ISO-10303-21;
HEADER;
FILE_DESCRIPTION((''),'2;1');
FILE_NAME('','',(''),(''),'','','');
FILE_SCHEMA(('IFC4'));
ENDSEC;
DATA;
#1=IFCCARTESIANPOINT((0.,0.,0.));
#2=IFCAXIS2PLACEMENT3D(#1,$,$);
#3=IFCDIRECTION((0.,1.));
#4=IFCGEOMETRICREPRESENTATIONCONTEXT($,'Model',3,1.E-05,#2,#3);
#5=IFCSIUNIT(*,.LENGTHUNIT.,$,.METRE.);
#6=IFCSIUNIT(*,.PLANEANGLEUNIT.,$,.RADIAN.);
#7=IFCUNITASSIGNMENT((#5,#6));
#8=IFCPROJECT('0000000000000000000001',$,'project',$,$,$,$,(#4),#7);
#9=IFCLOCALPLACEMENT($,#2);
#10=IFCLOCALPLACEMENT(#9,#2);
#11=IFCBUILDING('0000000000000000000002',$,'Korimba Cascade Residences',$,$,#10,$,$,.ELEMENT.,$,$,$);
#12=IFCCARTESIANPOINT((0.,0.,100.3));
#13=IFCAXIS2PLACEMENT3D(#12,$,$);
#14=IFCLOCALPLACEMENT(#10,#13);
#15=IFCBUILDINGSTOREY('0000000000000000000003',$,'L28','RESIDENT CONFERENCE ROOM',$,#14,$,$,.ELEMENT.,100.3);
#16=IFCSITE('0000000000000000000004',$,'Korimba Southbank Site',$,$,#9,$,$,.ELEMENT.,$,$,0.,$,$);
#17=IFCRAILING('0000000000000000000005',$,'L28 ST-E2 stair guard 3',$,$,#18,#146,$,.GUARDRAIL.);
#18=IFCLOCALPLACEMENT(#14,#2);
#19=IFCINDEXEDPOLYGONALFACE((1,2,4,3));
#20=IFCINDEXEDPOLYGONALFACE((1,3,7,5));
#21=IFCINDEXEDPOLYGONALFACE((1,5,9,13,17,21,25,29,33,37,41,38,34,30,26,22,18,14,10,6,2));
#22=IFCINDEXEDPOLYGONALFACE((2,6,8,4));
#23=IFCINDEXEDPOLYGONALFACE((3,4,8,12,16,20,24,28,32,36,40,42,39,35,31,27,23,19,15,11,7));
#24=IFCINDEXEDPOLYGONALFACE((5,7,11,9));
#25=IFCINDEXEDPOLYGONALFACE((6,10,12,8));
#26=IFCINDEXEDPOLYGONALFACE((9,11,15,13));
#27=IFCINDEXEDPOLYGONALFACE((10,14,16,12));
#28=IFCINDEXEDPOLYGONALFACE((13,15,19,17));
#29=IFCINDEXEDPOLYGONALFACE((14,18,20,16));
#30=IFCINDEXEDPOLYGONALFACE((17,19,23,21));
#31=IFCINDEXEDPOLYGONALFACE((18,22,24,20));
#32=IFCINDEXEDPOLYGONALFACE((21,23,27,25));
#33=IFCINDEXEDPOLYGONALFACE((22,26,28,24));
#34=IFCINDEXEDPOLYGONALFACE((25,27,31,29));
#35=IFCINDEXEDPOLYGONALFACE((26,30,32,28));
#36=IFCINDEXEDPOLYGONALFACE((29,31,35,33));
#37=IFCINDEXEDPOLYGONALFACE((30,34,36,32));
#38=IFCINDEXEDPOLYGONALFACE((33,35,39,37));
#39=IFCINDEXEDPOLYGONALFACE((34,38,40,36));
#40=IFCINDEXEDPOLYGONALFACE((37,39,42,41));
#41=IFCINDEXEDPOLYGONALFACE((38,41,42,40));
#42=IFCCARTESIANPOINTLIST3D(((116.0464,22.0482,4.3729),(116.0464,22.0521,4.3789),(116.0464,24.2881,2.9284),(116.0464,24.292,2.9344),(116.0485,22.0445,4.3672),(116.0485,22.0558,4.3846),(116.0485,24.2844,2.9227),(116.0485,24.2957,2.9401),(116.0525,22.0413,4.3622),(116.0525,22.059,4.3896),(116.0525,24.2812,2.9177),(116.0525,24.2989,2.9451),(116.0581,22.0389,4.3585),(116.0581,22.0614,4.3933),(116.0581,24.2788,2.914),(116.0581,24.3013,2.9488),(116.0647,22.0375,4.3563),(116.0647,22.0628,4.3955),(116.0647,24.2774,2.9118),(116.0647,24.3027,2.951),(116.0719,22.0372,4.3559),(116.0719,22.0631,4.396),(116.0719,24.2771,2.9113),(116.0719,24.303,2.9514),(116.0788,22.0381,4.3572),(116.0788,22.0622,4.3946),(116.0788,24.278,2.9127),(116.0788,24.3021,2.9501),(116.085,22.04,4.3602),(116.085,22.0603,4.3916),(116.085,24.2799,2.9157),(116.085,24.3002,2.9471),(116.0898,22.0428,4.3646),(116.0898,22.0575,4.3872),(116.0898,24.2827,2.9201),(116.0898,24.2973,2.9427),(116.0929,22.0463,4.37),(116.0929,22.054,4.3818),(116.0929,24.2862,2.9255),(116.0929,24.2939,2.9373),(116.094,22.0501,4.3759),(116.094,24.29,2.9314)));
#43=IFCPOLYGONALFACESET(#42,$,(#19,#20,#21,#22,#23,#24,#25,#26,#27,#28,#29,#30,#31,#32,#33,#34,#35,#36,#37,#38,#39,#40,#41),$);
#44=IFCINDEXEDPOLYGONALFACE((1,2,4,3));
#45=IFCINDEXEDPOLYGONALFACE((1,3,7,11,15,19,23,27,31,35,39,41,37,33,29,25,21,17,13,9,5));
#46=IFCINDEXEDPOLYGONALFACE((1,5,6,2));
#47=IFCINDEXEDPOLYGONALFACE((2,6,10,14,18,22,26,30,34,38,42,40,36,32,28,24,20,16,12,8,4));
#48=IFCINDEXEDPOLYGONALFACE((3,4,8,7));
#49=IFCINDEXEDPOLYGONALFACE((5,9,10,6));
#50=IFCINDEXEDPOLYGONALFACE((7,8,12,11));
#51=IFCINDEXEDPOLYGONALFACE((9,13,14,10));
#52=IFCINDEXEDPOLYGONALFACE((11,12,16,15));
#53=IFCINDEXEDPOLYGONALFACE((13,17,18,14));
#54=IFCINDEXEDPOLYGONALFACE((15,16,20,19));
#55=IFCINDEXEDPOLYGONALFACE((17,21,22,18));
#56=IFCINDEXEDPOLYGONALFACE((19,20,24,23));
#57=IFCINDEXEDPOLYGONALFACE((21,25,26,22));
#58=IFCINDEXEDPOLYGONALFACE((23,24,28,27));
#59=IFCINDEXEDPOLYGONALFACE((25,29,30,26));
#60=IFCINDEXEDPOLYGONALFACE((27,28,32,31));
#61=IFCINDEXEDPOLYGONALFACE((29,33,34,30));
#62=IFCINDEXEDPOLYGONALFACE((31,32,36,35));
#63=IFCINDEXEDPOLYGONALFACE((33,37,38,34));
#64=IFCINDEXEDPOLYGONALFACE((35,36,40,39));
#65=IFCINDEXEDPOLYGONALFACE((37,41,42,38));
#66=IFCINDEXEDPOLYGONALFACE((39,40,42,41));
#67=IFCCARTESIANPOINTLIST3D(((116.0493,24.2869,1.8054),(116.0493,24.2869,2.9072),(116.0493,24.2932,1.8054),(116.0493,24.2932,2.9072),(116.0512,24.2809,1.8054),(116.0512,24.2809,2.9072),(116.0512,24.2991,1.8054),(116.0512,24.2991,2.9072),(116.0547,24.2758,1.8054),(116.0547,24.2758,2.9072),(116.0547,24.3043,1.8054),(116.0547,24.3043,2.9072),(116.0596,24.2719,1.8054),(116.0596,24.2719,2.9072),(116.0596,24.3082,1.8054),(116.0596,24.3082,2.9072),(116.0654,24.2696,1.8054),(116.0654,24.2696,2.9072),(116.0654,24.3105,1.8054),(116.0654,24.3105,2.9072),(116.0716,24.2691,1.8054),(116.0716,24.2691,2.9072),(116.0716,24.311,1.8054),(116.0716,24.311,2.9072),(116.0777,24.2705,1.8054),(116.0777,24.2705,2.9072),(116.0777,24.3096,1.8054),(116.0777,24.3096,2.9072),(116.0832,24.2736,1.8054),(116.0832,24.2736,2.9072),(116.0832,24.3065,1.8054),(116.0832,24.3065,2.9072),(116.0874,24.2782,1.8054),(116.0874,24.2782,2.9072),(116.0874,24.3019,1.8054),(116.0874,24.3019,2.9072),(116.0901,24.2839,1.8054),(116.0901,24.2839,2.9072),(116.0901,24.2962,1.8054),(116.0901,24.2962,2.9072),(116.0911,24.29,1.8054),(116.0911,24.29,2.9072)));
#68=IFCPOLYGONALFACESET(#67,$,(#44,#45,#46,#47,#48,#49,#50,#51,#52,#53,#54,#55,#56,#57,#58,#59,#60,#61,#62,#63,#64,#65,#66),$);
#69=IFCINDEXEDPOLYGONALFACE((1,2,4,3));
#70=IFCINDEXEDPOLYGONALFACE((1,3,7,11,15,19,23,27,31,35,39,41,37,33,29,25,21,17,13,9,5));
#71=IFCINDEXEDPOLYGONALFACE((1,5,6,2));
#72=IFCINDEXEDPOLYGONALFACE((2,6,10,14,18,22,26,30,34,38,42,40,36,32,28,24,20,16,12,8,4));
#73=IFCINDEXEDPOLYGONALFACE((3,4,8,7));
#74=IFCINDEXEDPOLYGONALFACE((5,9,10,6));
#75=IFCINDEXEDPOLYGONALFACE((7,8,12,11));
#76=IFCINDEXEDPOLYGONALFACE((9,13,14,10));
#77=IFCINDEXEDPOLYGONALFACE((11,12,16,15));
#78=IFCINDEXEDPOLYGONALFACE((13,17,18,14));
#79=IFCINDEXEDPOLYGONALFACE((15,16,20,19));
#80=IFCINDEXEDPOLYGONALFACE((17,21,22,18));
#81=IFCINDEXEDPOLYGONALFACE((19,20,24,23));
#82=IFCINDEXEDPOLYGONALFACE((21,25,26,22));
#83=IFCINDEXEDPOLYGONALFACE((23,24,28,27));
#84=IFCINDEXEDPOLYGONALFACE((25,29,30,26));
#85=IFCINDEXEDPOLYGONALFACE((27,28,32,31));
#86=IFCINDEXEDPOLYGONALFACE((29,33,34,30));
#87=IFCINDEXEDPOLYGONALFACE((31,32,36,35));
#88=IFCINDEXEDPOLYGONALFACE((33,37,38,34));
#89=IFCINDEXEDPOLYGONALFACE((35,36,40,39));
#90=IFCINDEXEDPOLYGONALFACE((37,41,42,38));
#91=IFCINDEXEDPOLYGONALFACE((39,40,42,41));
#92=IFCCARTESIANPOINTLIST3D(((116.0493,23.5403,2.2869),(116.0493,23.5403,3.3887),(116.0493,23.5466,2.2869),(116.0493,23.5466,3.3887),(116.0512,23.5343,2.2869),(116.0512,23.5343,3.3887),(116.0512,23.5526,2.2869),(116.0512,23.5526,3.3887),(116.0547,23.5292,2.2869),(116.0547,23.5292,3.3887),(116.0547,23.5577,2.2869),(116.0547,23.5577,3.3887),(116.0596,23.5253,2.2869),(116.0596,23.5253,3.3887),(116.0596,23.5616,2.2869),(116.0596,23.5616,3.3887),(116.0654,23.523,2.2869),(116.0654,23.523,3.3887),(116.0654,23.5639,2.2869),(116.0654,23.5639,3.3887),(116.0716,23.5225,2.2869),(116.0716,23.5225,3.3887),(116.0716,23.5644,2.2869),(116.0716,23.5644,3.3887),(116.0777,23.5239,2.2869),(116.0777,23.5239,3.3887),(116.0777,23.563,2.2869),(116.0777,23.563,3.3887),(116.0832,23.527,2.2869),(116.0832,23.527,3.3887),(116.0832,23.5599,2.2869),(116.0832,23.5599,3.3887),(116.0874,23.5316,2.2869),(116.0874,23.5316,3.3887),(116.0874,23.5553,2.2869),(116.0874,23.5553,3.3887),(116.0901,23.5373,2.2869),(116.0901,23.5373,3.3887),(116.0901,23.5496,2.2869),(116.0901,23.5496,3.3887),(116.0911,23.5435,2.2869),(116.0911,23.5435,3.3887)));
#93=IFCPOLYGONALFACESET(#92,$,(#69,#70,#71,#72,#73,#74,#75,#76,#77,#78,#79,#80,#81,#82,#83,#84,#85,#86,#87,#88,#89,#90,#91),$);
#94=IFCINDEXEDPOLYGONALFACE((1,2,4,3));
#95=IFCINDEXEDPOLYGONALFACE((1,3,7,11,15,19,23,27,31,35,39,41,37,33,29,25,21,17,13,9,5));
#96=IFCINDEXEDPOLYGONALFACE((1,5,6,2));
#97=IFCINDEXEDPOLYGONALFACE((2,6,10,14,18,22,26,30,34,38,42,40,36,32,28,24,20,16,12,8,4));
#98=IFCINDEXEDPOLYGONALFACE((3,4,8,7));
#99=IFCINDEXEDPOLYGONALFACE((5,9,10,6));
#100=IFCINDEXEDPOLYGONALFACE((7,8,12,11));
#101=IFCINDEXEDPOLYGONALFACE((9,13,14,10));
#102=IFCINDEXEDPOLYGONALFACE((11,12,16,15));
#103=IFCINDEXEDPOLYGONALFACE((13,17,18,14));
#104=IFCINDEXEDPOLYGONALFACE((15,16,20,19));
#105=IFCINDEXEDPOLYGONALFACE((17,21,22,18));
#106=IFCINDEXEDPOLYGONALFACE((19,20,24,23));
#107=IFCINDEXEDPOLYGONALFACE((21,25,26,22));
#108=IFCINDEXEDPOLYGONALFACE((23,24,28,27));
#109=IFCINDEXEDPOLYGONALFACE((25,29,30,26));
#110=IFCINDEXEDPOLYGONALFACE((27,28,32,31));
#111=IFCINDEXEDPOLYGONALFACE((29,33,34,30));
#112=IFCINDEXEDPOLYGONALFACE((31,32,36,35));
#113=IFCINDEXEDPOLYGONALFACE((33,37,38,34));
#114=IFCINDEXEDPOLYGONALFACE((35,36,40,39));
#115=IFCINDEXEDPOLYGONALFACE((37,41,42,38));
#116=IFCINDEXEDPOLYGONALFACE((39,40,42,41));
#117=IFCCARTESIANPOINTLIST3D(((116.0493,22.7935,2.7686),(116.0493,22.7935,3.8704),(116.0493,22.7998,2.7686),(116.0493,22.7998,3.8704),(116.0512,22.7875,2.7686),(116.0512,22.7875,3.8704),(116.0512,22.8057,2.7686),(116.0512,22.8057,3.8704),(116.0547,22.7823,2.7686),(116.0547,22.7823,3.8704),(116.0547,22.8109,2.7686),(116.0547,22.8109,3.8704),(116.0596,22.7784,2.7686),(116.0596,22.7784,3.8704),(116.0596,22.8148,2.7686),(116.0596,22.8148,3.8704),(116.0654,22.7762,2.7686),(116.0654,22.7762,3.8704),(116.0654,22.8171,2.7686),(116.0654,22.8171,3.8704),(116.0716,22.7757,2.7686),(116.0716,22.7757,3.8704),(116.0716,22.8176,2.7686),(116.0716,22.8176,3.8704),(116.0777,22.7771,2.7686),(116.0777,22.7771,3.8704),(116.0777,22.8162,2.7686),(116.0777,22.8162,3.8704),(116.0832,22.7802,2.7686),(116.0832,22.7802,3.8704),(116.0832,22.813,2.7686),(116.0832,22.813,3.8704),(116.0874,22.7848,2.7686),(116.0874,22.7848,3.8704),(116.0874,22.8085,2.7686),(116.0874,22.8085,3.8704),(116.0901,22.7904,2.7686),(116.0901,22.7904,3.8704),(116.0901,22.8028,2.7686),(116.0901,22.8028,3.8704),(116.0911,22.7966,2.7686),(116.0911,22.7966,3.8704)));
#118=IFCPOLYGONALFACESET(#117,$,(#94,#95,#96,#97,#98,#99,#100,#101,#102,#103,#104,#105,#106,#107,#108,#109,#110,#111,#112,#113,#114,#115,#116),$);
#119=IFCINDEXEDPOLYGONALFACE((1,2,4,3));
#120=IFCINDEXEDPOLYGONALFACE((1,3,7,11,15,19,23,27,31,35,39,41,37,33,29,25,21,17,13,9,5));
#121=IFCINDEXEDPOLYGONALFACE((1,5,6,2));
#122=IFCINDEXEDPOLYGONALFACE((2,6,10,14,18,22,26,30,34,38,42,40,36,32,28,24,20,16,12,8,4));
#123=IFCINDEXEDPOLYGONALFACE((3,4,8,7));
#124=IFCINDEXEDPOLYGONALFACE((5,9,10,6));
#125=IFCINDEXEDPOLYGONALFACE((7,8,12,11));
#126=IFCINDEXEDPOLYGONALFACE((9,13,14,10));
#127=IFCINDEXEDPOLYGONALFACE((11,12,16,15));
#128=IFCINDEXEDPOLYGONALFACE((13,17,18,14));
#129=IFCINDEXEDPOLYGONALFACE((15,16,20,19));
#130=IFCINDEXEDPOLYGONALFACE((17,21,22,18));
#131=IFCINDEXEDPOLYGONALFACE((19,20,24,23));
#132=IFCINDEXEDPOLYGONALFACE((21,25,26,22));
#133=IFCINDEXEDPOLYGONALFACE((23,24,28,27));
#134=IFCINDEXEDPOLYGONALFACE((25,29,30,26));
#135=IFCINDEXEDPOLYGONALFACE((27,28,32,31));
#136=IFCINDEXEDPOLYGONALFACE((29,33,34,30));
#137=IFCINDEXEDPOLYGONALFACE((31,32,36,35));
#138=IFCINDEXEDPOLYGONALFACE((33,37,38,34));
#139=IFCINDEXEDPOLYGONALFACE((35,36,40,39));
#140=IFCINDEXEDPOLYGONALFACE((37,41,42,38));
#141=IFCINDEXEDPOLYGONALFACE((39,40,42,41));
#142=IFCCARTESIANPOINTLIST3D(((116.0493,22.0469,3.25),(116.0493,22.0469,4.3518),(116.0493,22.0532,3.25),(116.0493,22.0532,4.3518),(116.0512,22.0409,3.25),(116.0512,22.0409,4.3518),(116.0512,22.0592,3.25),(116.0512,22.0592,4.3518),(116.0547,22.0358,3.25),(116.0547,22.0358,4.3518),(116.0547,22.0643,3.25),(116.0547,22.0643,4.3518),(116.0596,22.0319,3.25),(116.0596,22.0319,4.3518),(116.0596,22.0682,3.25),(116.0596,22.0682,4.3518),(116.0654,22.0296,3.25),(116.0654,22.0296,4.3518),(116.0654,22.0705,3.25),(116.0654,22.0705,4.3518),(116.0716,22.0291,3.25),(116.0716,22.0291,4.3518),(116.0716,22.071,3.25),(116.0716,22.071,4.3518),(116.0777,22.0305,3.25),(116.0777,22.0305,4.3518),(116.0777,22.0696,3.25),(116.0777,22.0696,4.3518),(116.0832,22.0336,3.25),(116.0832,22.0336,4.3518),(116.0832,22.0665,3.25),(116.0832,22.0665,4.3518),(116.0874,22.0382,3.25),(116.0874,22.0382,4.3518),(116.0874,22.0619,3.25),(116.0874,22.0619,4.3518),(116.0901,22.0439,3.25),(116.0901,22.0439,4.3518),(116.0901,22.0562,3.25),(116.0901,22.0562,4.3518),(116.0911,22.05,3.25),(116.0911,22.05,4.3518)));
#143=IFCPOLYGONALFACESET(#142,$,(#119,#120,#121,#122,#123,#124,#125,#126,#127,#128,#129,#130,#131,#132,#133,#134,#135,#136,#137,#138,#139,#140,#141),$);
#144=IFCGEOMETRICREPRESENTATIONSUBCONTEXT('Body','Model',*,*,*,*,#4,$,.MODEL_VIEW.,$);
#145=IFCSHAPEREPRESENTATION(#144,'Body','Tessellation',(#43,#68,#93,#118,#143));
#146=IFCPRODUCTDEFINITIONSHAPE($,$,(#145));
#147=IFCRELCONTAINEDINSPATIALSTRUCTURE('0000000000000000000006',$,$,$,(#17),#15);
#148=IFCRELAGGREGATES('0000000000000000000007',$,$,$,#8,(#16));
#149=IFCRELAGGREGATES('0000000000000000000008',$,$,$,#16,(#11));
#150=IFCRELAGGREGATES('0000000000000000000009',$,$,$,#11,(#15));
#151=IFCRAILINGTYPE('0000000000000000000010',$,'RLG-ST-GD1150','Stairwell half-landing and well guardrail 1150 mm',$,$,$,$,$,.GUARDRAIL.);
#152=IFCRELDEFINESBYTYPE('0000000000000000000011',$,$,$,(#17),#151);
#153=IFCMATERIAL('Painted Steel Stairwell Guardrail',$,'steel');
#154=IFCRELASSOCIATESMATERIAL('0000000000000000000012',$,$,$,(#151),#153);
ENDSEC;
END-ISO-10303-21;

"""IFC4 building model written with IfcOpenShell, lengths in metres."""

from ifc_helpers import new_model, si_unit, direction, frame, origin, origin_2d, place, context, subcontext, project, spatial, circle, extrude, material, type_object, element, save


model = new_model("IFC4")

# Units and contexts
model_context = context("Model", 3, precision=1e-05, world=origin(), true_north=direction((0.0, 1.0)))
body_context = subcontext(model_context, "Body", "Model", "MODEL_VIEW")
ifc_project = project(units=[si_unit("LENGTHUNIT", "METRE"), si_unit("PLANEANGLEUNIT", "RADIAN")], contexts=[model_context])

# Site, building, storey
site_placement = place(None, origin())
site = spatial("IfcSite", under=ifc_project, at=site_placement, Name="Korimba Southbank Site", CompositionType="ELEMENT", RefElevation=0.0)
building_placement = place(site_placement, origin())
building = spatial("IfcBuilding", under=site, at=building_placement, Name="Korimba Cascade Residences", CompositionType="ELEMENT")
storey_placement = place(building_placement, frame((0.0, 0.0, 100.3)))
storey = spatial("IfcBuildingStorey", under=building, at=storey_placement, Name="L28", Description="RESIDENT CONFERENCE ROOM", CompositionType="ELEMENT", Elevation=100.3)

# Railing
ifc_material_1 = material(Name="Painted Steel Stairwell Guardrail", Category="steel")
railing_type_1 = type_object("IfcRailingType", Name="RLG-ST-GD1150", Description="Stairwell half-landing and well guardrail 1150 mm", PredefinedType="GUARDRAIL", material=ifc_material_1)
railing_1_placement = place(storey_placement, frame((116.0701, 24.29, 1.8054)))
element("IfcRailing", 1, at=railing_1_placement, inside=storey, type_object=railing_type_1, Name="L28 ST-E2 stair guard 3", PredefinedType="GUARDRAIL", context=body_context, shape_type="SweptSolid", body=[
    extrude(circle(Radius=0.0239, at=origin_2d()), frame((0.0, 0.0, 1.126), z_axis=(0.0, -0.840395, 0.541975), x_axis=(1.0, 0.0, 0.0)), (0.0, 0.0, 1.0), 2.6653),
    extrude(circle(Radius=0.021, at=origin_2d()), origin(), (0.0, 0.0, 1.0), 1.1018),
    extrude(circle(Radius=0.021, at=origin_2d()), frame((0.0, -0.7466, 0.4814)), (0.0, 0.0, 1.0), 1.1018),
    extrude(circle(Radius=0.021, at=origin_2d()), frame((0.0, -1.4934, 0.9631)), (0.0, 0.0, 1.0), 1.1018),
    extrude(circle(Radius=0.021, at=origin_2d()), frame((0.0, -2.24, 1.4446)), (0.0, 0.0, 1.0), 1.1018),
])

save(model, "model.ifc")
